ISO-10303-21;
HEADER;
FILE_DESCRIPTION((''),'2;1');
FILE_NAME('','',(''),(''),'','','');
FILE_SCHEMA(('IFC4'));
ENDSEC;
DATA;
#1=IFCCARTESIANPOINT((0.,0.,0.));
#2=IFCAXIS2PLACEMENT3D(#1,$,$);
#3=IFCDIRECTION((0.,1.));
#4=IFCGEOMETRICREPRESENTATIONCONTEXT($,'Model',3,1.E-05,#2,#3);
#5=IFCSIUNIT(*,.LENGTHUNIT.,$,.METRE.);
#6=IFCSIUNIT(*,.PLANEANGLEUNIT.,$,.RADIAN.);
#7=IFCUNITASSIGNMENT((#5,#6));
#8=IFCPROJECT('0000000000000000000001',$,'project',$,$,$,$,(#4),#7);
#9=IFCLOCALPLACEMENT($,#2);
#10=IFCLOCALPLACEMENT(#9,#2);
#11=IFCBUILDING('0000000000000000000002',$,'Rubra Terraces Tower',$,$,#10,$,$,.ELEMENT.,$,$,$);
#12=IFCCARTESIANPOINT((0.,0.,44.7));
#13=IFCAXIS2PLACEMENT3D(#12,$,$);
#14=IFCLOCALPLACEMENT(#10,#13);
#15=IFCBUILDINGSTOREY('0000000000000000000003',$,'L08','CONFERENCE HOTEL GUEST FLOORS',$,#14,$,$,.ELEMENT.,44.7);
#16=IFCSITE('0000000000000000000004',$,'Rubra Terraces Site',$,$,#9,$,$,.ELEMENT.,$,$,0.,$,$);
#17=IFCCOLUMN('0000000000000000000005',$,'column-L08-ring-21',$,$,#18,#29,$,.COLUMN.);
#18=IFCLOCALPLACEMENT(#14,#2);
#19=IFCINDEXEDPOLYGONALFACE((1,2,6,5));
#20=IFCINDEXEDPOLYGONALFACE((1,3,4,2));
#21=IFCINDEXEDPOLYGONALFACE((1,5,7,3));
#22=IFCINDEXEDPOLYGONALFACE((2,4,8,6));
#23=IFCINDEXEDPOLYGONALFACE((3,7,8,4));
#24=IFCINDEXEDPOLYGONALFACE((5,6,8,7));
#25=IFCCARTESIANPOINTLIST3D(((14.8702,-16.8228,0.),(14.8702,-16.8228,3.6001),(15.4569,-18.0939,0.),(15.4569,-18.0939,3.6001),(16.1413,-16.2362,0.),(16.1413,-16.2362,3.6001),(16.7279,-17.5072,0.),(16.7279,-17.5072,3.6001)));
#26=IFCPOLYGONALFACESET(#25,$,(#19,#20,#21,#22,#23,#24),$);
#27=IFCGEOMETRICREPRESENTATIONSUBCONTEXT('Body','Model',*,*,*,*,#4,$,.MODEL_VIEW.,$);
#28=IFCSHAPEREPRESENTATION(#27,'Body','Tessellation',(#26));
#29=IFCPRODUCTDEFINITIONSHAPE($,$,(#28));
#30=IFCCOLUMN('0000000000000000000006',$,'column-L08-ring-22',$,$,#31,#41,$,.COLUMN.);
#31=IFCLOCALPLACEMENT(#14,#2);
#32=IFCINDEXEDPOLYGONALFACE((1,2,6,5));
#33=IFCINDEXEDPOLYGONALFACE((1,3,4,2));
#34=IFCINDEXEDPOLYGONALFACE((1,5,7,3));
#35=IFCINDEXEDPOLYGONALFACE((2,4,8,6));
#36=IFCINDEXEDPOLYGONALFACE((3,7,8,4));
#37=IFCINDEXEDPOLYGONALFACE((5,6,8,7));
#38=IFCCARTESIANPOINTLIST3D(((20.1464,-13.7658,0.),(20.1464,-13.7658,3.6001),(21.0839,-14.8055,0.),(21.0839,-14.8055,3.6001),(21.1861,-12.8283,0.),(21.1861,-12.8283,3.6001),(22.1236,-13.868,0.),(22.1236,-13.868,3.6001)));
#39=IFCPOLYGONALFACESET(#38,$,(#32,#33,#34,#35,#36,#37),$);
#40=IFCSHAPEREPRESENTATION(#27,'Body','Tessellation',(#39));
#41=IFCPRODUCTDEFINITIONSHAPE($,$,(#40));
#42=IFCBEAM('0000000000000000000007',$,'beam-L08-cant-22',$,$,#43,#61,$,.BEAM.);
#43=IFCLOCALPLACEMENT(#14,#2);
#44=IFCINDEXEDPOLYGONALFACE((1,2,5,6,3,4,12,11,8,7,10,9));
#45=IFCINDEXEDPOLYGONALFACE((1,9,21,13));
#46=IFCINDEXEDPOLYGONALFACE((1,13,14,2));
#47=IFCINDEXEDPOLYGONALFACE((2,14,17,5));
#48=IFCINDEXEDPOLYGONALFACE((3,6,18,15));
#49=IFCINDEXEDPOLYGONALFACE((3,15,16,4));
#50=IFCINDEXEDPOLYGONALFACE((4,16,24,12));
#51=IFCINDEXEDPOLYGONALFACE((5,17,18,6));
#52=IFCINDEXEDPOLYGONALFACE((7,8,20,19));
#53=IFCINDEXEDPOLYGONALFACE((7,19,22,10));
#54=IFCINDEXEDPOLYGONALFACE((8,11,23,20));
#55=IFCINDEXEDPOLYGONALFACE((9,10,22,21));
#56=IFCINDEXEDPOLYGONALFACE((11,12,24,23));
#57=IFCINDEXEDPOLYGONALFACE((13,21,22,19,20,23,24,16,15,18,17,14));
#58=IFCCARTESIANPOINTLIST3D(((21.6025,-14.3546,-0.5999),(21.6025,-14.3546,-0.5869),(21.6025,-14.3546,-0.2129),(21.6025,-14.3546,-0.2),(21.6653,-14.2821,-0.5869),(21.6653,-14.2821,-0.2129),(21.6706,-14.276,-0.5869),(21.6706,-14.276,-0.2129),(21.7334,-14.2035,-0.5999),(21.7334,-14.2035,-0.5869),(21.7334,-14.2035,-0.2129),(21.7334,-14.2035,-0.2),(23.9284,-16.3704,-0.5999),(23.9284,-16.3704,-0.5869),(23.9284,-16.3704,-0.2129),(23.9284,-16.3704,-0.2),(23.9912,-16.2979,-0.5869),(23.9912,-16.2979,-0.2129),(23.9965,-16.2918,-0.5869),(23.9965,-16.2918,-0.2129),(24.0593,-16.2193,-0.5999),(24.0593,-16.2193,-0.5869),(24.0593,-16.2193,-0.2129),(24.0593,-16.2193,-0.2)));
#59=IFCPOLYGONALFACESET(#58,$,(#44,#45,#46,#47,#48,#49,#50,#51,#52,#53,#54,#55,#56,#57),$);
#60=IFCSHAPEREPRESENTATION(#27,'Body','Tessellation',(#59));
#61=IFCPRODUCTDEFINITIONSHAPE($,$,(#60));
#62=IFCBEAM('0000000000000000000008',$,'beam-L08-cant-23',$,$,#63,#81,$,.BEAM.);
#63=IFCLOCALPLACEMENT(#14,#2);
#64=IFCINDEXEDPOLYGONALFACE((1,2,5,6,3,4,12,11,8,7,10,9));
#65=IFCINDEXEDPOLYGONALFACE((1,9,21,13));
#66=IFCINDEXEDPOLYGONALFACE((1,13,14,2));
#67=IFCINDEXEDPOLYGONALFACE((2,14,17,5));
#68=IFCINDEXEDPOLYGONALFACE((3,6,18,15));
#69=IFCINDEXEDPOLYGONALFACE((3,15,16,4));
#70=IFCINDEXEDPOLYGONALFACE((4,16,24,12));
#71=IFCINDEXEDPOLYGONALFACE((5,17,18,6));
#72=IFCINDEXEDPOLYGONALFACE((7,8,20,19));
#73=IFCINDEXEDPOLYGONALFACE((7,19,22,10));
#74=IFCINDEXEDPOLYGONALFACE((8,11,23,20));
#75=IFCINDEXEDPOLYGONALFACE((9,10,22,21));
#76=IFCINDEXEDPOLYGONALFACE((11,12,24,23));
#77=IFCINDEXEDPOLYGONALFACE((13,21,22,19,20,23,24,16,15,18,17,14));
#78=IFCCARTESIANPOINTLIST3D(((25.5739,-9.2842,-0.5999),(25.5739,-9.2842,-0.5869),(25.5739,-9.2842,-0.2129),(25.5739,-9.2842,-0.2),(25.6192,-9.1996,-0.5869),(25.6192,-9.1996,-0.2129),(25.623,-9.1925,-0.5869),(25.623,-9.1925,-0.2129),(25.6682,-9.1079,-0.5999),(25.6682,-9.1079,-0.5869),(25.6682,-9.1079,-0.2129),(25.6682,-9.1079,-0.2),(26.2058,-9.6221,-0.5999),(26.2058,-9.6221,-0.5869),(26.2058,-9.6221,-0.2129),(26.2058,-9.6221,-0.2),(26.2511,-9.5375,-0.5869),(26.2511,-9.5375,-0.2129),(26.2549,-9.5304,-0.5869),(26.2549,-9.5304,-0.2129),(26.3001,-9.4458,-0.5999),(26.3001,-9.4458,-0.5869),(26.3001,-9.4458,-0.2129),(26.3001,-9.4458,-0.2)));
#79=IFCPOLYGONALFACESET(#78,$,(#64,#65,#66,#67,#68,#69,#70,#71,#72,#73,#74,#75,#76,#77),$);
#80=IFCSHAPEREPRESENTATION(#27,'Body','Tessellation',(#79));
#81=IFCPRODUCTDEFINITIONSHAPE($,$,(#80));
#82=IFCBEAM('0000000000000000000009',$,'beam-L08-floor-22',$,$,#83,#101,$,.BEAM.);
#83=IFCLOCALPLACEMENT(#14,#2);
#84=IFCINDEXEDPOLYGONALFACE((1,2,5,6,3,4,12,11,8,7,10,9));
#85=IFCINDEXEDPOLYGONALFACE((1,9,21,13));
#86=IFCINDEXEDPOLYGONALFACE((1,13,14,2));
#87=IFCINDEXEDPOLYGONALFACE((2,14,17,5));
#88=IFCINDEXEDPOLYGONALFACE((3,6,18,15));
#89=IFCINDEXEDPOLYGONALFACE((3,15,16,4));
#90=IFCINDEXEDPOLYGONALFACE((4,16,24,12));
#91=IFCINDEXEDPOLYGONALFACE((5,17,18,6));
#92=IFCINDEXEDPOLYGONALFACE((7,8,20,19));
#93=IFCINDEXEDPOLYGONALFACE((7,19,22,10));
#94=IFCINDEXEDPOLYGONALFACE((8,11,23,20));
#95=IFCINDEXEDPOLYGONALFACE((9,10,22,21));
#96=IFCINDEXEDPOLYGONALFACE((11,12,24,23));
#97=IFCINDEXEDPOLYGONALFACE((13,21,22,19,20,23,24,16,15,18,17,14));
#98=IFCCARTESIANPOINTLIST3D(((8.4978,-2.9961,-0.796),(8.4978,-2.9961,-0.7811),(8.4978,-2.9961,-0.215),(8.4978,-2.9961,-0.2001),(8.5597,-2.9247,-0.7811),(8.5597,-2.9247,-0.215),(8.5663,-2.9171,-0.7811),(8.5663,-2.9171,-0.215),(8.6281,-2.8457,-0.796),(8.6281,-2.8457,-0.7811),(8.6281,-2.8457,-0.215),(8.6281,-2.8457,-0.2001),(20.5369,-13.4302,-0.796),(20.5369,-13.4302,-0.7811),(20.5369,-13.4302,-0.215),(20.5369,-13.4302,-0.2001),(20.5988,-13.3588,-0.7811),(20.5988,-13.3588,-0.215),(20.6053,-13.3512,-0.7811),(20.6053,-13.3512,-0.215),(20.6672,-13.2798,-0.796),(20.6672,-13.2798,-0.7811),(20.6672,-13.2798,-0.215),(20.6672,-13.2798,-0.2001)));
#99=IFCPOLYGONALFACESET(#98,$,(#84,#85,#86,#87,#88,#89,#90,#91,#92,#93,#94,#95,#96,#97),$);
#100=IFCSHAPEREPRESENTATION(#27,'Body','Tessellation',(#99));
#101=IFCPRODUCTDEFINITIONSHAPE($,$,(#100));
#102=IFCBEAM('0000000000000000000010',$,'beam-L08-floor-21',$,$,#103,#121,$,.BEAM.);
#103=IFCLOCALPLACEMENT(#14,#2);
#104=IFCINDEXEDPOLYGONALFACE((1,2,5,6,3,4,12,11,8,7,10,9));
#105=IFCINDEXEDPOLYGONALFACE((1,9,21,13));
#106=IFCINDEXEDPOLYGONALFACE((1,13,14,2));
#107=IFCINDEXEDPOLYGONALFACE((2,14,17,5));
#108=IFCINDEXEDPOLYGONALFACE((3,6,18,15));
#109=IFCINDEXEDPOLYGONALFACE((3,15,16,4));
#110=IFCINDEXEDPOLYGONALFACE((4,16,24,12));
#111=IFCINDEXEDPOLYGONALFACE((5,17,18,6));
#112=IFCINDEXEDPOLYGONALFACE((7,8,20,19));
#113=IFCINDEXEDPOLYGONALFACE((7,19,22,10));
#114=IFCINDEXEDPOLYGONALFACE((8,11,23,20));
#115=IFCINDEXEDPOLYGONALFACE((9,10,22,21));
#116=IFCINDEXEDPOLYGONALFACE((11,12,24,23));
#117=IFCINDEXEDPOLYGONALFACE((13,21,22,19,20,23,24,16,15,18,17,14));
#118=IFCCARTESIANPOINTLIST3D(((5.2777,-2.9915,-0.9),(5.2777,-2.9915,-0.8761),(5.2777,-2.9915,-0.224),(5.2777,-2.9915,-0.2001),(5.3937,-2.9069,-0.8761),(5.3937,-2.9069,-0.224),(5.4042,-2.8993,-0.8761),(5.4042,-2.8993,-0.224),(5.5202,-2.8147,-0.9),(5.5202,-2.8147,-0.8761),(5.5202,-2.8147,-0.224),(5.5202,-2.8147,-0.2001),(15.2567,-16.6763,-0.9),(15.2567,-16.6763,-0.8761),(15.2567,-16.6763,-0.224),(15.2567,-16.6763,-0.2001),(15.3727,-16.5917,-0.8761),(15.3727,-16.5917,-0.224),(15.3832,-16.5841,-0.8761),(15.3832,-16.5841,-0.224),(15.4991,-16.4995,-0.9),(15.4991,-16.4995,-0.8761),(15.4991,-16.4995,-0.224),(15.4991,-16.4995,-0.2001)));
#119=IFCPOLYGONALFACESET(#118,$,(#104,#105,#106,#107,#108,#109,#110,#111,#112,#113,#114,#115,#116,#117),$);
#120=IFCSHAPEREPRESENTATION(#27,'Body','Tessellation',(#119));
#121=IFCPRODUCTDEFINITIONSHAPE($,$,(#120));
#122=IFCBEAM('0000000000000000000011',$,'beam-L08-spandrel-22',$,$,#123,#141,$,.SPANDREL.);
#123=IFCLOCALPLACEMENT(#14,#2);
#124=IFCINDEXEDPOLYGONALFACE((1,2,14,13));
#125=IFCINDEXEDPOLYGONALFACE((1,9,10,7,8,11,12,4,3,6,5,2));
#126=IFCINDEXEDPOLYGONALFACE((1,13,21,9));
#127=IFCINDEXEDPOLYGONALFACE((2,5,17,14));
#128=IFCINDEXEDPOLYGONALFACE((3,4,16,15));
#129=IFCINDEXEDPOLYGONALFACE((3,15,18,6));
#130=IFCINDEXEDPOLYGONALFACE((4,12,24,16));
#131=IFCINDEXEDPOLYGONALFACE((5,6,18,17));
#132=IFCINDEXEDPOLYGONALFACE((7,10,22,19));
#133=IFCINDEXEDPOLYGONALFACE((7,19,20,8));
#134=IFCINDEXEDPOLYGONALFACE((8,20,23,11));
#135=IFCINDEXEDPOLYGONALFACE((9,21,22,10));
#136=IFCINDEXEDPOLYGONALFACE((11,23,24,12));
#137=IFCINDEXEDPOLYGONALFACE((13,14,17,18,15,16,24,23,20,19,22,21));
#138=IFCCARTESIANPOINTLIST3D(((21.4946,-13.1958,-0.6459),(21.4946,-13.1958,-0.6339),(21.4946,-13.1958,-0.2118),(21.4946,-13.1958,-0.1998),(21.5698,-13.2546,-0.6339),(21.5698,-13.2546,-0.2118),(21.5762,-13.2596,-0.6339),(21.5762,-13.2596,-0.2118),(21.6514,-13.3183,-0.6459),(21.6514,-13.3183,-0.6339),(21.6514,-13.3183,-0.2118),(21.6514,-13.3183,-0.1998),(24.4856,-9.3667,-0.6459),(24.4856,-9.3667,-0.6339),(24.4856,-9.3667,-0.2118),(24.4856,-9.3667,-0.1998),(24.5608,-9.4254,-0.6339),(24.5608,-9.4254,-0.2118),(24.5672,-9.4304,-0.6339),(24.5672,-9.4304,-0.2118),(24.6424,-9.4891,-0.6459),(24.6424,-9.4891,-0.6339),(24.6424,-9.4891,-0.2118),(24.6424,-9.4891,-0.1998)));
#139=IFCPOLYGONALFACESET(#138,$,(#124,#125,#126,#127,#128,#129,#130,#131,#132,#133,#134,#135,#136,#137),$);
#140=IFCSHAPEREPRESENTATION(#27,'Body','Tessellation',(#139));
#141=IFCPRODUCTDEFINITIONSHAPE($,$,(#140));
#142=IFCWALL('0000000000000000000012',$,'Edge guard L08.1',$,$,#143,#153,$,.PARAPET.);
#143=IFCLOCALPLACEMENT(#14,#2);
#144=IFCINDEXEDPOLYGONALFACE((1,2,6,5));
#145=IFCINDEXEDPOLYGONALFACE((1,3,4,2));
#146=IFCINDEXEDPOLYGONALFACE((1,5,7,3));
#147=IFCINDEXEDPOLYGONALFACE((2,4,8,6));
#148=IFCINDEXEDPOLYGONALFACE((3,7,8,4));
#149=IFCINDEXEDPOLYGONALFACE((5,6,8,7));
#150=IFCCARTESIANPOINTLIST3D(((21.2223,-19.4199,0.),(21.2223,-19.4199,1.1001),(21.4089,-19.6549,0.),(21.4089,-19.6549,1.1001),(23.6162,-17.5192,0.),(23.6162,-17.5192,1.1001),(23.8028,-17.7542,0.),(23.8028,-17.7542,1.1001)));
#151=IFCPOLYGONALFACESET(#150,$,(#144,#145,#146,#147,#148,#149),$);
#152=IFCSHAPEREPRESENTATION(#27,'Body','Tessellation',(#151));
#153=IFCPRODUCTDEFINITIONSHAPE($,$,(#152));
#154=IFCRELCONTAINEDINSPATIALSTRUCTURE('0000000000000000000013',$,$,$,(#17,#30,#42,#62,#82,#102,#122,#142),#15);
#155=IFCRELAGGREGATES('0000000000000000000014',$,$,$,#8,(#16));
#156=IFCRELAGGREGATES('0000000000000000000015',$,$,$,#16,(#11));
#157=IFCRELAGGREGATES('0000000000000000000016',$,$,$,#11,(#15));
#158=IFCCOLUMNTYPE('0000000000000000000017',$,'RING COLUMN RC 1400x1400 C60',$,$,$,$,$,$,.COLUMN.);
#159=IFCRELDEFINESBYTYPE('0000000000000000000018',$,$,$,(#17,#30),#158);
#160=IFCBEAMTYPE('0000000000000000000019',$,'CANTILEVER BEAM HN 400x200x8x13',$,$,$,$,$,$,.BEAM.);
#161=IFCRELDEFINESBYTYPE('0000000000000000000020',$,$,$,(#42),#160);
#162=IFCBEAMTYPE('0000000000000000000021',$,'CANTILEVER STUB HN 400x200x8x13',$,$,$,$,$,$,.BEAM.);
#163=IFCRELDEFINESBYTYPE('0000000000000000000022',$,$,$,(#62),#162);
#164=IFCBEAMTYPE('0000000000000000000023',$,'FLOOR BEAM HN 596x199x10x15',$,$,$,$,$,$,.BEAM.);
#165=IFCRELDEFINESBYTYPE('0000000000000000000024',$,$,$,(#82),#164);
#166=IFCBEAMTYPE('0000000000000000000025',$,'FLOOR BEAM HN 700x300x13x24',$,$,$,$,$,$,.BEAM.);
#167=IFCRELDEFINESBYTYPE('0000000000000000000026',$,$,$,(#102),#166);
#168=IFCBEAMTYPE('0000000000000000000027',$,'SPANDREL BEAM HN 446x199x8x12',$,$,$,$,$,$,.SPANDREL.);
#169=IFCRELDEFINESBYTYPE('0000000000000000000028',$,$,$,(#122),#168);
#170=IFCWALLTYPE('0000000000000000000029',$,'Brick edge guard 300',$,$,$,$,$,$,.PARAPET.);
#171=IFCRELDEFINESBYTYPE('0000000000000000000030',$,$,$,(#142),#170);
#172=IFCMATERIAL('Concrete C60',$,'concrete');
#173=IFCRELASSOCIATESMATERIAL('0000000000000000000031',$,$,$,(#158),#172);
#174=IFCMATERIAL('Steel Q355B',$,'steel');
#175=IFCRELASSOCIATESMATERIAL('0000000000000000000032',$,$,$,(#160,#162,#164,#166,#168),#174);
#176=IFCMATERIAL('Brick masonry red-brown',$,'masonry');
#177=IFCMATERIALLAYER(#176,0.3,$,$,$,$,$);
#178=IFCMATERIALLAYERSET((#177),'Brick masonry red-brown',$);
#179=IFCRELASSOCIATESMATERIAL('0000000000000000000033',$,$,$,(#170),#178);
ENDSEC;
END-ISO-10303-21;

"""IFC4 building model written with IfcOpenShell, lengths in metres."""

from ifc_helpers import new_model, si_unit, direction, frame, frame_2d, origin, origin_2d, place, context, subcontext, project, spatial, rectangle, i_section, extrude, material, layer, layer_set, material_profile, profile_set, type_object, element, save


model = new_model("IFC4")

# Units and contexts
model_context = context("Model", 3, precision=1e-05, world=origin(), true_north=direction((0.0, 1.0)))
body_context = subcontext(model_context, "Body", "Model", "MODEL_VIEW")
ifc_project = project(units=[si_unit("LENGTHUNIT", "METRE"), si_unit("PLANEANGLEUNIT", "RADIAN")], contexts=[model_context])

# Site, building, storey
site_placement = place(None, origin())
site = spatial("IfcSite", under=ifc_project, at=site_placement, Name="Rubra Terraces Site", CompositionType="ELEMENT", RefElevation=0.0)
building_placement = place(site_placement, origin())
building = spatial("IfcBuilding", under=site, at=building_placement, Name="Rubra Terraces Tower", CompositionType="ELEMENT")
storey_placement = place(building_placement, frame((0.0, 0.0, 44.7)))
storey = spatial("IfcBuildingStorey", under=building, at=storey_placement, Name="L08", Description="CONFERENCE HOTEL GUEST FLOORS", CompositionType="ELEMENT", Elevation=44.7)

# Columns
ifc_material_1 = material(Name="Concrete C60", Category="concrete")
ifc_material_profile_1 = material_profile(ifc_material_1, rectangle(XDim=1.3999, YDim=1.3999, at=origin_2d()), Name="RC 1400x1400")
ifc_profile_set_1 = profile_set([ifc_material_profile_1], Name="Concrete C60")
column_type = type_object("IfcColumnType", Name="RING COLUMN RC 1400x1400 C60", PredefinedType="COLUMN", material=ifc_profile_set_1)
for number, where, z_axis, x_axis, name in (
    (1, (15.7991, -17.165, 0.0), (0.0, 0.0, 1.0), (0.907952, 0.419073, 0.0), "column-L08-ring-21"),
    (2, (21.135, -13.8169, 0.0), (0.0, 0.0, 1.0), (0.742676, 0.669651, 0.0), "column-L08-ring-22"),
):
    element("IfcColumn", number, at=place(storey_placement, frame(where, z_axis=z_axis, x_axis=x_axis)), inside=storey, type_object=column_type, Name=name, PredefinedType="COLUMN", context=body_context, shape_type="SweptSolid", body=[
        extrude(rectangle(XDim=1.3999, YDim=1.3999, at=origin_2d()), origin(), (0.0, 0.0, 1.0), 3.6001),
    ])

# Beams
ifc_material_2 = material(Name="Steel Q355B", Category="steel")
ifc_material_profile_2 = material_profile(ifc_material_2, i_section(OverallWidth=0.2, OverallDepth=0.3999, WebThickness=0.0081, FlangeThickness=0.0129, at=origin_2d()), Name="HN 400x200x8x13")
ifc_profile_set_2 = profile_set([ifc_material_profile_2], Name="Steel Q355B")
beam_type_1 = type_object("IfcBeamType", Name="CANTILEVER BEAM HN 400x200x8x13", PredefinedType="BEAM", material=ifc_profile_set_2)
beam_1_placement = place(storey_placement, frame((21.668, -14.2791, -0.3999), z_axis=(0.755679, -0.654943, 0.0), x_axis=(0.654943, 0.755679, 0.0)))
element("IfcBeam", 3, at=beam_1_placement, inside=storey, type_object=beam_type_1, Name="beam-L08-cant-22", PredefinedType="BEAM", context=body_context, shape_type="SweptSolid", body=[
    extrude(i_section(OverallWidth=0.2, OverallDepth=0.3999, WebThickness=0.0081, FlangeThickness=0.0129, at=origin_2d()), origin(), (0.0, 0.0, 1.0), 3.0779),
])
ifc_material_profile_3 = material_profile(ifc_material_2, i_section(OverallWidth=0.2, OverallDepth=0.3999, WebThickness=0.0081, FlangeThickness=0.0129, at=origin_2d()), Name="HN 400x200x8x13")
ifc_profile_set_3 = profile_set([ifc_material_profile_3], Name="Steel Q355B")
beam_type_2 = type_object("IfcBeamType", Name="CANTILEVER STUB HN 400x200x8x13", PredefinedType="BEAM", material=ifc_profile_set_3)
beam_2_placement = place(storey_placement, frame((25.6211, -9.196, -0.3999), z_axis=(0.881824, -0.471578, 0.0), x_axis=(0.471578, 0.881824, 0.0)))
element("IfcBeam", 4, at=beam_2_placement, inside=storey, type_object=beam_type_2, Name="beam-L08-cant-23", PredefinedType="BEAM", context=body_context, shape_type="SweptSolid", body=[
    extrude(i_section(OverallWidth=0.2, OverallDepth=0.3999, WebThickness=0.0081, FlangeThickness=0.0129, at=origin_2d()), origin(), (0.0, 0.0, 1.0), 0.7166),
])
ifc_material_profile_4 = material_profile(ifc_material_2, i_section(OverallWidth=0.199, OverallDepth=0.5959, WebThickness=0.01, FlangeThickness=0.0149, at=origin_2d()), Name="HN 596x199x10x15")
ifc_profile_set_4 = profile_set([ifc_material_profile_4], Name="Steel Q355B")
beam_type_3 = type_object("IfcBeamType", Name="FLOOR BEAM HN 596x199x10x15", PredefinedType="BEAM", material=ifc_profile_set_4)
beam_3_placement = place(storey_placement, frame((20.6021, -13.355, -0.498), z_axis=(-0.755682, 0.654939, 0.0), x_axis=(-0.654939, -0.755682, 0.0)))
element("IfcBeam", 5, at=beam_3_placement, inside=storey, type_object=beam_type_3, Name="beam-L08-floor-22", PredefinedType="BEAM", context=body_context, shape_type="SweptSolid", body=[
    extrude(i_section(OverallWidth=0.199, OverallDepth=0.5959, WebThickness=0.01, FlangeThickness=0.0149, at=origin_2d()), origin(), (0.0, 0.0, 1.0), 15.9314),
])
ifc_material_profile_5 = material_profile(ifc_material_2, i_section(OverallWidth=0.3, OverallDepth=0.7, WebThickness=0.0129, FlangeThickness=0.0239, at=origin_2d()), Name="HN 700x300x13x24")
ifc_profile_set_5 = profile_set([ifc_material_profile_5], Name="Steel Q355B")
beam_type_4 = type_object("IfcBeamType", Name="FLOOR BEAM HN 700x300x13x24", PredefinedType="BEAM", material=ifc_profile_set_5)
beam_4_placement = place(storey_placement, frame((15.3779, -16.5879, -0.55), z_axis=(-0.589191, 0.807994, 0.0), x_axis=(-0.807994, -0.589191, 0.0)))
element("IfcBeam", 6, at=beam_4_placement, inside=storey, type_object=beam_type_4, Name="beam-L08-floor-21", PredefinedType="BEAM", context=body_context, shape_type="SweptSolid", body=[
    extrude(i_section(OverallWidth=0.3, OverallDepth=0.7, WebThickness=0.0129, FlangeThickness=0.0239, at=origin_2d()), origin(), (0.0, 0.0, 1.0), 16.9368),
])
ifc_material_profile_6 = material_profile(ifc_material_2, i_section(OverallWidth=0.199, OverallDepth=0.446, WebThickness=0.0081, FlangeThickness=0.012, at=origin_2d()), Name="HN 446x199x8x12")
ifc_profile_set_6 = profile_set([ifc_material_profile_6], Name="Steel Q355B")
beam_type_5 = type_object("IfcBeamType", Name="SPANDREL BEAM HN 446x199x8x12", PredefinedType="SPANDREL", material=ifc_profile_set_6)
beam_5_placement = place(storey_placement, frame((21.573, -13.2571, -0.4229), z_axis=(0.615578, 0.788076, 0.0), x_axis=(-0.788076, 0.615578, 0.0)))
element("IfcBeam", 7, at=beam_5_placement, inside=storey, type_object=beam_type_5, Name="beam-L08-spandrel-22", PredefinedType="SPANDREL", context=body_context, shape_type="SweptSolid", body=[
    extrude(i_section(OverallWidth=0.199, OverallDepth=0.446, WebThickness=0.0081, FlangeThickness=0.012, at=origin_2d()), origin(), (0.0, 0.0, 1.0), 4.8589),
])

# Wall
ifc_material_3 = material(Name="Brick masonry red-brown", Category="masonry")
ifc_layer_1 = layer(ifc_material_3, 0.3)
ifc_layer_set_1 = layer_set([ifc_layer_1], Name="Brick masonry red-brown")
wall_type_1 = type_object("IfcWallType", Name="Brick edge guard 300", PredefinedType="PARAPET", material=ifc_layer_set_1)
wall_1_placement = place(storey_placement, frame((23.7095, -17.6367, 0.0), z_axis=(0.0, 0.0, 1.0), x_axis=(-0.783162, -0.621817, 0.0)))
element("IfcWall", 8, at=wall_1_placement, inside=storey, type_object=wall_type_1, Name="Edge guard L08.1", PredefinedType="PARAPET", context=body_context, shape_type="SweptSolid", body=[
    extrude(rectangle(XDim=3.0566, YDim=0.3, at=frame_2d((1.5283, 0.0))), origin(), (0.0, 0.0, 1.0), 1.1001),
])

save(model, "model.ifc")
